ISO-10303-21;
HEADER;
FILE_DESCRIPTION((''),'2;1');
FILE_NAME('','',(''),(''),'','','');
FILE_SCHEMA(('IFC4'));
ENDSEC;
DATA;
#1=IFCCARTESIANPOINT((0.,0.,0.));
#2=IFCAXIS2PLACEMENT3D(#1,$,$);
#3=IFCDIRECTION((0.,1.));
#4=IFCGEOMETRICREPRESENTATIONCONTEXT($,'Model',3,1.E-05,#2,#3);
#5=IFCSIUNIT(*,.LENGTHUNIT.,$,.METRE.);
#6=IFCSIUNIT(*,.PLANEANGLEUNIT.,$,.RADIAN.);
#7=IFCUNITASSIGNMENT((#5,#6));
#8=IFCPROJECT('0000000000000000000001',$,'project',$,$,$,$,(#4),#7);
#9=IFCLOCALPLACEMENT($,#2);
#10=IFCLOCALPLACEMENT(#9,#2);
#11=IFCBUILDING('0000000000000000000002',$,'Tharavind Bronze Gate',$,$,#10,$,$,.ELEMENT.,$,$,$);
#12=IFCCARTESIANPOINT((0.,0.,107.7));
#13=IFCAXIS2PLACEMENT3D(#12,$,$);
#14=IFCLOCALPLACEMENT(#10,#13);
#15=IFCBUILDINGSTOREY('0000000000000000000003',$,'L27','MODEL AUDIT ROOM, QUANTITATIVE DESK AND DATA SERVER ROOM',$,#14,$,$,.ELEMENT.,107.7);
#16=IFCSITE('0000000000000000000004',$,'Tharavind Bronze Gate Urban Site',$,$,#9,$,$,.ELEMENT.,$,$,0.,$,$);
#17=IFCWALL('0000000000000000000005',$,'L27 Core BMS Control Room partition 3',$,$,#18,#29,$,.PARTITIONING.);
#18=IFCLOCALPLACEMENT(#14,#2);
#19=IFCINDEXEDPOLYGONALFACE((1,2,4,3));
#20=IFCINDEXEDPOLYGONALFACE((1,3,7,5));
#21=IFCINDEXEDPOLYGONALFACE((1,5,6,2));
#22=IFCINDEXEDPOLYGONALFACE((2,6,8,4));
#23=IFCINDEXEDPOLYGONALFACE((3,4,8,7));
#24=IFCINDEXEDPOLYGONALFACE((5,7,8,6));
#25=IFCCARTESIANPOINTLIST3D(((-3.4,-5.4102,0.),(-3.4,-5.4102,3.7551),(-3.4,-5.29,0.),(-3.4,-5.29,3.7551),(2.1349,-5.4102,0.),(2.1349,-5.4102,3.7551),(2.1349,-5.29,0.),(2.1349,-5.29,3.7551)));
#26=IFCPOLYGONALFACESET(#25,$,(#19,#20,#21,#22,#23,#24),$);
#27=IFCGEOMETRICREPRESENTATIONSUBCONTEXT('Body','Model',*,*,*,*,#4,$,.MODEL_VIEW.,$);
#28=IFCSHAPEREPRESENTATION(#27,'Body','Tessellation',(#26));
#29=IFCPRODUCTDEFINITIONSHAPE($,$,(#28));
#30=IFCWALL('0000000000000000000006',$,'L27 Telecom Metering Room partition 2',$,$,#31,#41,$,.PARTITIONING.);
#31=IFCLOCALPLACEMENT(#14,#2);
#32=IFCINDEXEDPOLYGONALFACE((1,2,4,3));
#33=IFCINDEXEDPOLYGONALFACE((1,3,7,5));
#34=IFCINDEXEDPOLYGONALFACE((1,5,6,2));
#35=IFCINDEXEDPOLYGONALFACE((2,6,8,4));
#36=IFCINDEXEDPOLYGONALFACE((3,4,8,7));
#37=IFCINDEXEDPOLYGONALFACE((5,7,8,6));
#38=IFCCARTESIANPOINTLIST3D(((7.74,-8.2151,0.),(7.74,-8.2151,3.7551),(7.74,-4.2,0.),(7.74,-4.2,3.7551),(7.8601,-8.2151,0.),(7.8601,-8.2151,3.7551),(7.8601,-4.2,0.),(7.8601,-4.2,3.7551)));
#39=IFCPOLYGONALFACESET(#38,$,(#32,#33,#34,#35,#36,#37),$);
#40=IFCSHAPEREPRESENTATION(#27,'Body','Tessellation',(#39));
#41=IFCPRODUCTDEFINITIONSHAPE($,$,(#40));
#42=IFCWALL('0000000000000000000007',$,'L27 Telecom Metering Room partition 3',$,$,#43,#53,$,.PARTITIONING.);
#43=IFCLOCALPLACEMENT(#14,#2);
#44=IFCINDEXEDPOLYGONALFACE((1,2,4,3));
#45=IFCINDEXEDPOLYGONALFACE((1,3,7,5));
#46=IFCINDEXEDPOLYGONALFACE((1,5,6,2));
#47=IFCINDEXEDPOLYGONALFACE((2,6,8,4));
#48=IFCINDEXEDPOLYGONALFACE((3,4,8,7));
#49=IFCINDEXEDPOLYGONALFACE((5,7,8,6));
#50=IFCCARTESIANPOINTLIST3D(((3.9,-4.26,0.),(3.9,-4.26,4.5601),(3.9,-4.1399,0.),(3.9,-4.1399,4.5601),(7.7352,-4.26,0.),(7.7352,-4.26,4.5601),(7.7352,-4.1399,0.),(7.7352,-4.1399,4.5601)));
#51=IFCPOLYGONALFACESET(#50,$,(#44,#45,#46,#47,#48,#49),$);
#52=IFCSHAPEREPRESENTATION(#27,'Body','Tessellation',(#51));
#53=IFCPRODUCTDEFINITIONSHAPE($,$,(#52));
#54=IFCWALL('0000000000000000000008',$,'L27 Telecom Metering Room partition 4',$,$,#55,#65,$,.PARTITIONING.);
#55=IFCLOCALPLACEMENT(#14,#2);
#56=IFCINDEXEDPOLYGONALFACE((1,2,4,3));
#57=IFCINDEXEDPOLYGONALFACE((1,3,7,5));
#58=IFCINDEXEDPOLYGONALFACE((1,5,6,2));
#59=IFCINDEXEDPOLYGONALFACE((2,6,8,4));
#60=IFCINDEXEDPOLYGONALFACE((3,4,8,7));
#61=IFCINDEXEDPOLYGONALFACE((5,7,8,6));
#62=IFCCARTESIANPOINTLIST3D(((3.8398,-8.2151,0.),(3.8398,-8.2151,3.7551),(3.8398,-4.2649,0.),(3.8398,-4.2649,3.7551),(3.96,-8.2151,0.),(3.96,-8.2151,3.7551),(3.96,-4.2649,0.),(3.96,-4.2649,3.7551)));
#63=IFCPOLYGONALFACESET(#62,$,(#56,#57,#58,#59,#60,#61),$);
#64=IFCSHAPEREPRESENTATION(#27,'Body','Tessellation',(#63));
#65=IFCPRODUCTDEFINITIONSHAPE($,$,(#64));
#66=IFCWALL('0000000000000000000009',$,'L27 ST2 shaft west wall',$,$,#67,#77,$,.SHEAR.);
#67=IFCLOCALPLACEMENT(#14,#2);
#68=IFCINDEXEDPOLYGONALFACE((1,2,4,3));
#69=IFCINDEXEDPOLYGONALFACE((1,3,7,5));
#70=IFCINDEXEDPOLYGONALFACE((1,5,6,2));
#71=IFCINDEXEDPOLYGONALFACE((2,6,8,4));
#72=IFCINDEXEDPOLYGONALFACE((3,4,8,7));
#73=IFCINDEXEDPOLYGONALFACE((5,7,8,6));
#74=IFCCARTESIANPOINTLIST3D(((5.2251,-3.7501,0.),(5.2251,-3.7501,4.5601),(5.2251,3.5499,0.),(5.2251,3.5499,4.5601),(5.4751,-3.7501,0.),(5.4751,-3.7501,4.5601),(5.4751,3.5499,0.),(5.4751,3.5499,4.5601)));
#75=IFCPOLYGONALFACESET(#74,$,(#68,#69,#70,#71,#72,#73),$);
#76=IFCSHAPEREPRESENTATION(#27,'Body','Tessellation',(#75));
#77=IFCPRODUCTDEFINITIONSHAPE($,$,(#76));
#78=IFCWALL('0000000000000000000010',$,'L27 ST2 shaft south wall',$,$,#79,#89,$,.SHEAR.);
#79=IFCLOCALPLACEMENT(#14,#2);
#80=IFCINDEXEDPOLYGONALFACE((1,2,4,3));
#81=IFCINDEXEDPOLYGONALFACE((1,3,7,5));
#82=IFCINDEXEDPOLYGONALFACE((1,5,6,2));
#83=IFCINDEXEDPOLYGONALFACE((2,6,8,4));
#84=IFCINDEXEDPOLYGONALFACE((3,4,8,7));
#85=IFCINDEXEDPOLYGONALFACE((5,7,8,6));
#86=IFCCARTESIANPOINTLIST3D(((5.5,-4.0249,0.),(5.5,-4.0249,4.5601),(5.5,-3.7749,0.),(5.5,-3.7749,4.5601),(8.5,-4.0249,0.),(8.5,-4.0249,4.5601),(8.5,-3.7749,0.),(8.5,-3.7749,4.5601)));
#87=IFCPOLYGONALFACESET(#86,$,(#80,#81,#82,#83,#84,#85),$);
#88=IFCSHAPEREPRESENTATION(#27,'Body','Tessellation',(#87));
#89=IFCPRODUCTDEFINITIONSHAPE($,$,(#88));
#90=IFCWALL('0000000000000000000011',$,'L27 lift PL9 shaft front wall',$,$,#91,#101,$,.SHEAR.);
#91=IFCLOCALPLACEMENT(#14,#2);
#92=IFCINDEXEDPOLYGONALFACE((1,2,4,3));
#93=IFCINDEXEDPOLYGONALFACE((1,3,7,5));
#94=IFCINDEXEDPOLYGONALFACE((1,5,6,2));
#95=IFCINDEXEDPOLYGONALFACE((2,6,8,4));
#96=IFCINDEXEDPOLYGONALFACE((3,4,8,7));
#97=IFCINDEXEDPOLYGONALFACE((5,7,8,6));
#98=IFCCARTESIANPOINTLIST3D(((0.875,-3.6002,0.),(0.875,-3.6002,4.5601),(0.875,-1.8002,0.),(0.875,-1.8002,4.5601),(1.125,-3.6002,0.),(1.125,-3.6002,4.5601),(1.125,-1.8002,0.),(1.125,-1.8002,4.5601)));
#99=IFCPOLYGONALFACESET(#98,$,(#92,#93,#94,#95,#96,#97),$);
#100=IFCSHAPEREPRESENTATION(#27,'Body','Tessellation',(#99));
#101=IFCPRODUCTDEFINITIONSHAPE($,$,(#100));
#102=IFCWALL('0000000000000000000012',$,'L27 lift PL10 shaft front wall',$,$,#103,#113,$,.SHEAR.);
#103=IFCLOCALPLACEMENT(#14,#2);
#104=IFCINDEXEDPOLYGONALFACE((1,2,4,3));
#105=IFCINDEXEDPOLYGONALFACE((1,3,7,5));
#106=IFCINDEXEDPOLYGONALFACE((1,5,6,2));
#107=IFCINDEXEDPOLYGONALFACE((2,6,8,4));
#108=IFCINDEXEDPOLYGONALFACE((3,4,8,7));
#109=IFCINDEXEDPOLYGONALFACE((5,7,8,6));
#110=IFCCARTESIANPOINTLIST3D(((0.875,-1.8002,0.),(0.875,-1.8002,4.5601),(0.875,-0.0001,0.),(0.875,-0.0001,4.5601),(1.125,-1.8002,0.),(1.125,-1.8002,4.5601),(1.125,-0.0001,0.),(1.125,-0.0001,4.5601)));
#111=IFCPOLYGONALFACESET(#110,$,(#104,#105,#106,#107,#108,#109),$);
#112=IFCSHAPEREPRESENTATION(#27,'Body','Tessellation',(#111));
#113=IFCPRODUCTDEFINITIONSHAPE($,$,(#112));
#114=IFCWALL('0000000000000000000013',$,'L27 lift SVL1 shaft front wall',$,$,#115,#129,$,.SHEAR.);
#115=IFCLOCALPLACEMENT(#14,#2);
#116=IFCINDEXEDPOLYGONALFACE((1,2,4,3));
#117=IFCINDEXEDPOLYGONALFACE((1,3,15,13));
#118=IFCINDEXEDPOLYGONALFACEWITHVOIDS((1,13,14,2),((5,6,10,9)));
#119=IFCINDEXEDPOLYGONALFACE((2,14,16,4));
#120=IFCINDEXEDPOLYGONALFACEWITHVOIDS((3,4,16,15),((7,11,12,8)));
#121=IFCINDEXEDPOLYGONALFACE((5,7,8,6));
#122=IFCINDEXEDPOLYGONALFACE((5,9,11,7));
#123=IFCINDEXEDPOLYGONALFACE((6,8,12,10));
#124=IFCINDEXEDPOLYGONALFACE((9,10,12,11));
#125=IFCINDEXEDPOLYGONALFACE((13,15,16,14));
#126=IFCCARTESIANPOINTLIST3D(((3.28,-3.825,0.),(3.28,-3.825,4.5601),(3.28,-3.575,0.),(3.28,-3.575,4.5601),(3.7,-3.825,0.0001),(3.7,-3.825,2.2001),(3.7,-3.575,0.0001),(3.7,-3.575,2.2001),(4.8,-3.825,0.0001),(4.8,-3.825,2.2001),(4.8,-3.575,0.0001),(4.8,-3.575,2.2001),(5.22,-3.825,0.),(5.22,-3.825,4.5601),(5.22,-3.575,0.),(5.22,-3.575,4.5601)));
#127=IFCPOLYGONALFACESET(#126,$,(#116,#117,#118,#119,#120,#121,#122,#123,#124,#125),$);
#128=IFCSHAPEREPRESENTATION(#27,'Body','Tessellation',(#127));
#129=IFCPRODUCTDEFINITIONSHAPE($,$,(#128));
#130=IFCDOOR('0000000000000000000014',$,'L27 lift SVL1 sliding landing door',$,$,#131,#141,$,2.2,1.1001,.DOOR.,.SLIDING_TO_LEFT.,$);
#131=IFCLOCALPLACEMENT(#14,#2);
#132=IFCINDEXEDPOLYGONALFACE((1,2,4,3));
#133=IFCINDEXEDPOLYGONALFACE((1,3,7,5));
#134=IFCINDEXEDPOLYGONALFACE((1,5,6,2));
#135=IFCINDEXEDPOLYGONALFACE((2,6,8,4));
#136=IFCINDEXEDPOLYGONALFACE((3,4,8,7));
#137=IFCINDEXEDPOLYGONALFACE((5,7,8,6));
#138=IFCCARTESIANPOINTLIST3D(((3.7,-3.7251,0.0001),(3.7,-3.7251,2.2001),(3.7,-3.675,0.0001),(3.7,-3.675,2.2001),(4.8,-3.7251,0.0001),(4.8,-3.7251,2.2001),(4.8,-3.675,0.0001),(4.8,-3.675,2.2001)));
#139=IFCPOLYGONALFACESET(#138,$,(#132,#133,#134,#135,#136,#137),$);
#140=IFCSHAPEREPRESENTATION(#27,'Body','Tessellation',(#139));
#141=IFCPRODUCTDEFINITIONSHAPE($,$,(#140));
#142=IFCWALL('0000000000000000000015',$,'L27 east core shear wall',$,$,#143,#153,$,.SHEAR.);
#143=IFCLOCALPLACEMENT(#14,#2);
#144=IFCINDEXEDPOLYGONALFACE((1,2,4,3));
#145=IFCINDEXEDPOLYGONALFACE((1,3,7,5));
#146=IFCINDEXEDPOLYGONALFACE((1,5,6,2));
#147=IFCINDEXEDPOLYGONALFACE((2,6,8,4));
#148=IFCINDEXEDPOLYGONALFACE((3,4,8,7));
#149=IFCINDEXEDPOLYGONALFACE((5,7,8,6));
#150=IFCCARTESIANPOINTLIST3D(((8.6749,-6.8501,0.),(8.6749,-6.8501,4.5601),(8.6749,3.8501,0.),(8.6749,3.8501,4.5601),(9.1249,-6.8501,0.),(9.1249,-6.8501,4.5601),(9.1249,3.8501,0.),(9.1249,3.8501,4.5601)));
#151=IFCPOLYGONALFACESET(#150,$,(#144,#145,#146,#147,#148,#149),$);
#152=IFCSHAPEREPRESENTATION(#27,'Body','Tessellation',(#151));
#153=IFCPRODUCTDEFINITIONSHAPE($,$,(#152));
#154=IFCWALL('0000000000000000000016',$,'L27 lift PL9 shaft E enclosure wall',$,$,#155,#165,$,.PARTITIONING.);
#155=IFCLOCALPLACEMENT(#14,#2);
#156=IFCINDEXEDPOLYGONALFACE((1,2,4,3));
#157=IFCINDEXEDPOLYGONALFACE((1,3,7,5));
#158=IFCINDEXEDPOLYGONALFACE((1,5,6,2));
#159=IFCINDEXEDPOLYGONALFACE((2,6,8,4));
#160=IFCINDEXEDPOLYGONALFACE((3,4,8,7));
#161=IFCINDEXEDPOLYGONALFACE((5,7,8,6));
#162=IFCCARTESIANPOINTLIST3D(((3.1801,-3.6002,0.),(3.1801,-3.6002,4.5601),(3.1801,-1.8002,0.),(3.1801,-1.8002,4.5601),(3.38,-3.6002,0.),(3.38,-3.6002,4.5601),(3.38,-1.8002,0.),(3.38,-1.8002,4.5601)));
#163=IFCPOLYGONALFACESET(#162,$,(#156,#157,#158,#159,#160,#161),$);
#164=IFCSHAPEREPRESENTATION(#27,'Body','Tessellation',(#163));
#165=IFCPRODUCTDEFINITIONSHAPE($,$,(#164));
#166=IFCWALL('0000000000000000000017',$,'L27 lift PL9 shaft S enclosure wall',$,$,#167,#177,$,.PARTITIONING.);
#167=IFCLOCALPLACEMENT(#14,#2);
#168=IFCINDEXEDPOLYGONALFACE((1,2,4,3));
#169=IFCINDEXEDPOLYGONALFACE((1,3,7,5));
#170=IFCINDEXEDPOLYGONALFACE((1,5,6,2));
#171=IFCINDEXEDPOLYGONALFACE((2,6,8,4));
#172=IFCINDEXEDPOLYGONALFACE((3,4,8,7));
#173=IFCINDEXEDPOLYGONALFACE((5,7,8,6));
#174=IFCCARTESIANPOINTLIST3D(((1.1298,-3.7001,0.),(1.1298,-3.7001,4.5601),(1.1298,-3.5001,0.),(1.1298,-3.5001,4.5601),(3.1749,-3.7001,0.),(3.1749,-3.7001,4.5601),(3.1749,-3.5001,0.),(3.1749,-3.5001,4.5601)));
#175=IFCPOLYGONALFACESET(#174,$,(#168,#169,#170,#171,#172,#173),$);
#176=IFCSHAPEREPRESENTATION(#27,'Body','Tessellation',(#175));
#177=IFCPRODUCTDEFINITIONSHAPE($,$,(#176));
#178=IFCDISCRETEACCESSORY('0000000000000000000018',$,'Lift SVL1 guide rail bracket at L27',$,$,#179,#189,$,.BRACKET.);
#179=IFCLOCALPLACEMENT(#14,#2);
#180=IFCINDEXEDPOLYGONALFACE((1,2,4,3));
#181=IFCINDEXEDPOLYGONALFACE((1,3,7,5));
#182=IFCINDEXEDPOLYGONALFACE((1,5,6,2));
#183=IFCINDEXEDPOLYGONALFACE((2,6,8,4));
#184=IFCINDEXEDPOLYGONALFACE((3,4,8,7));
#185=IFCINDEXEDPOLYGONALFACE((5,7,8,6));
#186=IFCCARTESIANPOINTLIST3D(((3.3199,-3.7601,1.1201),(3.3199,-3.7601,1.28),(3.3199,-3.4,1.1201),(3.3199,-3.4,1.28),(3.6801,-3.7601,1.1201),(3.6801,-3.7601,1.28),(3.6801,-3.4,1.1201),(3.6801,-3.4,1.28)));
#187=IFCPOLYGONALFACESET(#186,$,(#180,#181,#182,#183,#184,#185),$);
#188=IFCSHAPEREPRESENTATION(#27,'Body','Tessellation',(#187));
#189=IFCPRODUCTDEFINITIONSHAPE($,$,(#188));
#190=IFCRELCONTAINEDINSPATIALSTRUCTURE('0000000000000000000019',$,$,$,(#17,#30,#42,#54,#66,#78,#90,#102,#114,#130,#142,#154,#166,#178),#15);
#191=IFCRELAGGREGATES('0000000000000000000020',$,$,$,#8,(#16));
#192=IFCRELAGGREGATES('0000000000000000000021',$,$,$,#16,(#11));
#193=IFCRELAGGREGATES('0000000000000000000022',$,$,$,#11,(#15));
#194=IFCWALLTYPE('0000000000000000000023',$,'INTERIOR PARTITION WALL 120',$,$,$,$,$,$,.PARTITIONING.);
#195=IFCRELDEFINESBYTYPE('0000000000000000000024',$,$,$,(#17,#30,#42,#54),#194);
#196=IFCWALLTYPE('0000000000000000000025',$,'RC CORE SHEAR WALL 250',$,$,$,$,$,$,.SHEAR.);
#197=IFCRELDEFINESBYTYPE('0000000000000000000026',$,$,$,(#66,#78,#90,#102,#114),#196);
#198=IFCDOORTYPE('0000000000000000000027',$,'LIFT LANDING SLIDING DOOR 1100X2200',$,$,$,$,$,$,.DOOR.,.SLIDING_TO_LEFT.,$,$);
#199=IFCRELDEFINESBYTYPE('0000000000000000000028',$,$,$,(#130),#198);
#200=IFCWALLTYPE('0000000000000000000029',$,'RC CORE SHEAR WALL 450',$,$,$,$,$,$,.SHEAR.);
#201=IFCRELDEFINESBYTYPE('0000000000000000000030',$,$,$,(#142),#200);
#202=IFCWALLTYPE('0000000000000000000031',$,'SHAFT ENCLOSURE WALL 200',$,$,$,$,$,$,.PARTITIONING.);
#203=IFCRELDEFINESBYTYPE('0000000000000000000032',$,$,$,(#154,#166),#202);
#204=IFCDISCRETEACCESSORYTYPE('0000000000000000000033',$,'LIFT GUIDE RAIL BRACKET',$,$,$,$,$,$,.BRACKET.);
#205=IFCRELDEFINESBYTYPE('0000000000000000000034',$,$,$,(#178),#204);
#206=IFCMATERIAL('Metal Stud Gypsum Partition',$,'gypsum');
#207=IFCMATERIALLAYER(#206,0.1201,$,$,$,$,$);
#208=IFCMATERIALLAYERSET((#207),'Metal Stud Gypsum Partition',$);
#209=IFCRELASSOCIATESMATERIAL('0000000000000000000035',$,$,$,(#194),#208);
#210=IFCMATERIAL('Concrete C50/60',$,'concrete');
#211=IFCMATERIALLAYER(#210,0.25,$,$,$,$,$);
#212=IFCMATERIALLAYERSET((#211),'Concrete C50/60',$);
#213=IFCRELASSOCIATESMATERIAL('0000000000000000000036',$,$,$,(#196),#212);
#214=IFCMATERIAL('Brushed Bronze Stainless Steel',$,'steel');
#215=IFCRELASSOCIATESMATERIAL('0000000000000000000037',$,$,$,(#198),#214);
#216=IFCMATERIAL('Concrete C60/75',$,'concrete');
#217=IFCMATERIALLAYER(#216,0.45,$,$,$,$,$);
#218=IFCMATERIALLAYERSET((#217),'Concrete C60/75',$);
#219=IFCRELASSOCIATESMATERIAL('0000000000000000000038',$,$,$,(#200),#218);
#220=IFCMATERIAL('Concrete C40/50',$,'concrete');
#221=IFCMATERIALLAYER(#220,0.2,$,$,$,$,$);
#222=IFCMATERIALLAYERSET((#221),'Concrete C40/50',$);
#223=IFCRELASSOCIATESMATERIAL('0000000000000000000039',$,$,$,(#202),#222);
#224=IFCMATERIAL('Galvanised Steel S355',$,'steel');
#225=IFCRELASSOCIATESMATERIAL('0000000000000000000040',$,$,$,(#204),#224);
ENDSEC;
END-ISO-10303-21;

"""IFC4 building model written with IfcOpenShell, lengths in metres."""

from ifc_helpers import new_model, si_unit, direction, frame, frame_2d, origin, origin_2d, place, context, subcontext, project, spatial, rectangle, extrude, material, layer, layer_set, type_object, element, fill, save


model = new_model("IFC4")

# Units and contexts
model_context = context("Model", 3, precision=1e-05, world=origin(), true_north=direction((0.0, 1.0)))
body_context = subcontext(model_context, "Body", "Model", "MODEL_VIEW")
ifc_project = project(units=[si_unit("LENGTHUNIT", "METRE"), si_unit("PLANEANGLEUNIT", "RADIAN")], contexts=[model_context])

# Site, building, storey
site_placement = place(None, origin())
site = spatial("IfcSite", under=ifc_project, at=site_placement, Name="Tharavind Bronze Gate Urban Site", CompositionType="ELEMENT", RefElevation=0.0)
building_placement = place(site_placement, origin())
building = spatial("IfcBuilding", under=site, at=building_placement, Name="Tharavind Bronze Gate", CompositionType="ELEMENT")
storey_placement = place(building_placement, frame((0.0, 0.0, 107.7)))
storey = spatial("IfcBuildingStorey", under=building, at=storey_placement, Name="L27", Description="MODEL AUDIT ROOM, QUANTITATIVE DESK AND DATA SERVER ROOM", CompositionType="ELEMENT", Elevation=107.7)

# Shared definitions
ifc_material_1 = material(Name="Concrete C60/75", Category="concrete")

# Walls
ifc_material_2 = material(Name="Metal Stud Gypsum Partition", Category="gypsum")
ifc_layer_1 = layer(ifc_material_2, 0.1201)
ifc_layer_set_1 = layer_set([ifc_layer_1], Name="Metal Stud Gypsum Partition")
wall_type_1 = type_object("IfcWallType", Name="INTERIOR PARTITION WALL 120", PredefinedType="PARTITIONING", material=ifc_layer_set_1)
wall_1_placement = place(storey_placement, frame((2.135, -5.3501, 0.0), z_axis=(0.0, 0.0, 1.0), x_axis=(-1.0, 0.0, 0.0)))
element("IfcWall", 1, at=wall_1_placement, inside=storey, type_object=wall_type_1, Name="L27 Core BMS Control Room partition 3", PredefinedType="PARTITIONING", context=body_context, shape_type="SweptSolid", body=[
    extrude(rectangle(XDim=5.5349, YDim=0.1201, at=frame_2d((2.7676, 0.0))), origin(), (0.0, 0.0, 1.0), 3.7551),
])
wall_2_placement = place(storey_placement, frame((7.8, -8.2151, 0.0), z_axis=(0.0, 0.0, 1.0), x_axis=(0.0, 1.0, 0.0)))
element("IfcWall", 2, at=wall_2_placement, inside=storey, type_object=wall_type_1, Name="L27 Telecom Metering Room partition 2", PredefinedType="PARTITIONING", context=body_context, shape_type="SweptSolid", body=[
    extrude(rectangle(XDim=4.0151, YDim=0.1201, at=frame_2d((2.0076, 0.0))), origin(), (0.0, 0.0, 1.0), 3.7551),
])
wall_3_placement = place(storey_placement, frame((7.7351, -4.2, 0.0), z_axis=(0.0, 0.0, 1.0), x_axis=(-1.0, 0.0, 0.0)))
element("IfcWall", 3, at=wall_3_placement, inside=storey, type_object=wall_type_1, Name="L27 Telecom Metering Room partition 3", PredefinedType="PARTITIONING", context=body_context, shape_type="SweptSolid", body=[
    extrude(rectangle(XDim=3.8352, YDim=0.1201, at=frame_2d((1.9175, 0.0))), origin(), (0.0, 0.0, 1.0), 4.5601),
])
wall_4_placement = place(storey_placement, frame((3.8999, -4.2649, 0.0), z_axis=(0.0, 0.0, 1.0), x_axis=(0.0, -1.0, 0.0)))
element("IfcWall", 4, at=wall_4_placement, inside=storey, type_object=wall_type_1, Name="L27 Telecom Metering Room partition 4", PredefinedType="PARTITIONING", context=body_context, shape_type="SweptSolid", body=[
    extrude(rectangle(XDim=3.9502, YDim=0.1201, at=frame_2d((1.9751, 0.0))), origin(), (0.0, 0.0, 1.0), 3.7551),
])
ifc_material_3 = material(Name="Concrete C50/60", Category="concrete")
ifc_layer_2 = layer(ifc_material_3, 0.25)
ifc_layer_set_2 = layer_set([ifc_layer_2], Name="Concrete C50/60")
wall_type_2 = type_object("IfcWallType", Name="RC CORE SHEAR WALL 250", PredefinedType="SHEAR", material=ifc_layer_set_2)
wall_5_placement = place(storey_placement, frame((5.3501, -3.75, 0.0), z_axis=(0.0, 0.0, 1.0), x_axis=(0.0, 1.0, 0.0)))
element("IfcWall", 5, at=wall_5_placement, inside=storey, type_object=wall_type_2, Name="L27 ST2 shaft west wall", PredefinedType="SHEAR", context=body_context, shape_type="SweptSolid", body=[
    extrude(rectangle(XDim=7.3, YDim=0.25, at=frame_2d((3.6499, 0.0))), origin(), (0.0, 0.0, 1.0), 4.5601),
])
wall_6_placement = place(storey_placement, frame((5.5, -3.8999, 0.0), z_axis=(0.0, 0.0, 1.0), x_axis=(1.0, 0.0, 0.0)))
element("IfcWall", 6, at=wall_6_placement, inside=storey, type_object=wall_type_2, Name="L27 ST2 shaft south wall", PredefinedType="SHEAR", context=body_context, shape_type="SweptSolid", body=[
    extrude(rectangle(XDim=3.0, YDim=0.25, at=frame_2d((1.5, 0.0))), origin(), (0.0, 0.0, 1.0), 4.5601),
])
for number, where, z_axis, x_axis, name in (
    (7, (1.0, -3.6001, 0.0), (0.0, 0.0, 1.0), (0.0, 1.0, 0.0), "L27 lift PL9 shaft front wall"),
    (8, (1.0, -1.8, 0.0), (0.0, 0.0, 1.0), (0.0, 1.0, 0.0), "L27 lift PL10 shaft front wall"),
):
    element("IfcWall", number, at=place(storey_placement, frame(where, z_axis=z_axis, x_axis=x_axis)), inside=storey, type_object=wall_type_2, Name=name, PredefinedType="SHEAR", context=body_context, shape_type="SweptSolid", body=[
        extrude(rectangle(XDim=1.8, YDim=0.25, at=frame_2d((0.8999, 0.0))), origin(), (0.0, 0.0, 1.0), 4.5601),
    ])

# Wall, opening, door
wall_7_placement = place(storey_placement, frame((3.28, -3.7, 0.0), z_axis=(0.0, 0.0, 1.0), x_axis=(1.0, 0.0, 0.0)))
wall_7 = element("IfcWall", 9, at=wall_7_placement, inside=storey, type_object=wall_type_2, Name="L27 lift SVL1 shaft front wall", PredefinedType="SHEAR", context=body_context, shape_type="SweptSolid", body=[
    extrude(rectangle(XDim=1.9399, YDim=0.25, at=frame_2d((0.97, 0.0))), origin(), (0.0, 0.0, 1.0), 4.5601),
])
opening_1_placement = place(wall_7_placement, frame((0.4199, 0.0, 0.0)))
opening_1 = element("IfcOpeningElement", 10, at=opening_1_placement, cuts=wall_7, PredefinedType="OPENING", context=body_context, shape_type="SweptSolid", body=[
    extrude(rectangle(XDim=1.1001, YDim=2.2, at=frame_2d((0.55, 1.1001))), frame((0.0, 0.135, 0.0), z_axis=(0.0, -1.0, 0.0), x_axis=(1.0, 0.0, 0.0)), (0.0, 0.0, 1.0), 0.27),
])
ifc_material_4 = material(Name="Brushed Bronze Stainless Steel", Category="steel")
door_type_1 = type_object("IfcDoorType", Name="LIFT LANDING SLIDING DOOR 1100X2200", OperationType="SLIDING_TO_LEFT", PredefinedType="DOOR", material=ifc_material_4)
door_1_placement = place(opening_1_placement, origin())
door_1 = element("IfcDoor", 11, at=door_1_placement, inside=storey, type_object=door_type_1, Name="L27 lift SVL1 sliding landing door", OperationType="SLIDING_TO_LEFT", OverallHeight=2.2, OverallWidth=1.1001, PredefinedType="DOOR", context=body_context, shape_type="SweptSolid", body=[
    extrude(rectangle(XDim=1.1001, YDim=2.2, at=frame_2d((0.55, 1.1001))), frame((0.0, 0.0249, 0.0), z_axis=(0.0, -1.0, 0.0), x_axis=(1.0, 0.0, 0.0)), (0.0, 0.0, 1.0), 0.05),
])
fill(opening_1, door_1)

# Walls
ifc_layer_3 = layer(ifc_material_1, 0.45)
ifc_layer_set_3 = layer_set([ifc_layer_3], Name="Concrete C60/75")
wall_type_3 = type_object("IfcWallType", Name="RC CORE SHEAR WALL 450", PredefinedType="SHEAR", material=ifc_layer_set_3)
wall_8_placement = place(storey_placement, frame((8.8999, -6.8501, 0.0), z_axis=(0.0, 0.0, 1.0), x_axis=(0.0, 1.0, 0.0)))
element("IfcWall", 12, at=wall_8_placement, inside=storey, type_object=wall_type_3, Name="L27 east core shear wall", PredefinedType="SHEAR", context=body_context, shape_type="SweptSolid", body=[
    extrude(rectangle(XDim=10.7002, YDim=0.45, at=frame_2d((5.3501, 0.0))), origin(), (0.0, 0.0, 1.0), 4.5601),
])
ifc_material_5 = material(Name="Concrete C40/50", Category="concrete")
ifc_layer_4 = layer(ifc_material_5, 0.2)
ifc_layer_set_4 = layer_set([ifc_layer_4], Name="Concrete C40/50")
wall_type_4 = type_object("IfcWallType", Name="SHAFT ENCLOSURE WALL 200", PredefinedType="PARTITIONING", material=ifc_layer_set_4)
wall_9_placement = place(storey_placement, frame((3.28, -3.6001, 0.0), z_axis=(0.0, 0.0, 1.0), x_axis=(0.0, 1.0, 0.0)))
element("IfcWall", 13, at=wall_9_placement, inside=storey, type_object=wall_type_4, Name="L27 lift PL9 shaft E enclosure wall", PredefinedType="PARTITIONING", context=body_context, shape_type="SweptSolid", body=[
    extrude(rectangle(XDim=1.8, YDim=0.2, at=frame_2d((0.8999, 0.0))), origin(), (0.0, 0.0, 1.0), 4.5601),
])
wall_10_placement = place(storey_placement, frame((1.1299, -3.6001, 0.0), z_axis=(0.0, 0.0, 1.0), x_axis=(1.0, 0.0, 0.0)))
element("IfcWall", 14, at=wall_10_placement, inside=storey, type_object=wall_type_4, Name="L27 lift PL9 shaft S enclosure wall", PredefinedType="PARTITIONING", context=body_context, shape_type="SweptSolid", body=[
    extrude(rectangle(XDim=2.0452, YDim=0.2, at=frame_2d((1.0225, 0.0))), origin(), (0.0, 0.0, 1.0), 4.5601),
])

# Discrete accessory
ifc_material_6 = material(Name="Galvanised Steel S355", Category="steel")
discrete_accessory_type = type_object("IfcDiscreteAccessoryType", Name="LIFT GUIDE RAIL BRACKET", PredefinedType="BRACKET", material=ifc_material_6)
discrete_accessory_placement = place(storey_placement, frame((3.5, -3.5801, 1.1201), z_axis=(0.0, 0.0, 1.0), x_axis=(1.0, 0.0, 0.0)))
element("IfcDiscreteAccessory", 15, at=discrete_accessory_placement, inside=storey, type_object=discrete_accessory_type, Name="Lift SVL1 guide rail bracket at L27", PredefinedType="BRACKET", context=body_context, shape_type="SweptSolid", body=[
    extrude(rectangle(XDim=0.3601, YDim=0.3601, at=origin_2d()), origin(), (0.0, 0.0, 1.0), 0.1599),
])

save(model, "model.ifc")
